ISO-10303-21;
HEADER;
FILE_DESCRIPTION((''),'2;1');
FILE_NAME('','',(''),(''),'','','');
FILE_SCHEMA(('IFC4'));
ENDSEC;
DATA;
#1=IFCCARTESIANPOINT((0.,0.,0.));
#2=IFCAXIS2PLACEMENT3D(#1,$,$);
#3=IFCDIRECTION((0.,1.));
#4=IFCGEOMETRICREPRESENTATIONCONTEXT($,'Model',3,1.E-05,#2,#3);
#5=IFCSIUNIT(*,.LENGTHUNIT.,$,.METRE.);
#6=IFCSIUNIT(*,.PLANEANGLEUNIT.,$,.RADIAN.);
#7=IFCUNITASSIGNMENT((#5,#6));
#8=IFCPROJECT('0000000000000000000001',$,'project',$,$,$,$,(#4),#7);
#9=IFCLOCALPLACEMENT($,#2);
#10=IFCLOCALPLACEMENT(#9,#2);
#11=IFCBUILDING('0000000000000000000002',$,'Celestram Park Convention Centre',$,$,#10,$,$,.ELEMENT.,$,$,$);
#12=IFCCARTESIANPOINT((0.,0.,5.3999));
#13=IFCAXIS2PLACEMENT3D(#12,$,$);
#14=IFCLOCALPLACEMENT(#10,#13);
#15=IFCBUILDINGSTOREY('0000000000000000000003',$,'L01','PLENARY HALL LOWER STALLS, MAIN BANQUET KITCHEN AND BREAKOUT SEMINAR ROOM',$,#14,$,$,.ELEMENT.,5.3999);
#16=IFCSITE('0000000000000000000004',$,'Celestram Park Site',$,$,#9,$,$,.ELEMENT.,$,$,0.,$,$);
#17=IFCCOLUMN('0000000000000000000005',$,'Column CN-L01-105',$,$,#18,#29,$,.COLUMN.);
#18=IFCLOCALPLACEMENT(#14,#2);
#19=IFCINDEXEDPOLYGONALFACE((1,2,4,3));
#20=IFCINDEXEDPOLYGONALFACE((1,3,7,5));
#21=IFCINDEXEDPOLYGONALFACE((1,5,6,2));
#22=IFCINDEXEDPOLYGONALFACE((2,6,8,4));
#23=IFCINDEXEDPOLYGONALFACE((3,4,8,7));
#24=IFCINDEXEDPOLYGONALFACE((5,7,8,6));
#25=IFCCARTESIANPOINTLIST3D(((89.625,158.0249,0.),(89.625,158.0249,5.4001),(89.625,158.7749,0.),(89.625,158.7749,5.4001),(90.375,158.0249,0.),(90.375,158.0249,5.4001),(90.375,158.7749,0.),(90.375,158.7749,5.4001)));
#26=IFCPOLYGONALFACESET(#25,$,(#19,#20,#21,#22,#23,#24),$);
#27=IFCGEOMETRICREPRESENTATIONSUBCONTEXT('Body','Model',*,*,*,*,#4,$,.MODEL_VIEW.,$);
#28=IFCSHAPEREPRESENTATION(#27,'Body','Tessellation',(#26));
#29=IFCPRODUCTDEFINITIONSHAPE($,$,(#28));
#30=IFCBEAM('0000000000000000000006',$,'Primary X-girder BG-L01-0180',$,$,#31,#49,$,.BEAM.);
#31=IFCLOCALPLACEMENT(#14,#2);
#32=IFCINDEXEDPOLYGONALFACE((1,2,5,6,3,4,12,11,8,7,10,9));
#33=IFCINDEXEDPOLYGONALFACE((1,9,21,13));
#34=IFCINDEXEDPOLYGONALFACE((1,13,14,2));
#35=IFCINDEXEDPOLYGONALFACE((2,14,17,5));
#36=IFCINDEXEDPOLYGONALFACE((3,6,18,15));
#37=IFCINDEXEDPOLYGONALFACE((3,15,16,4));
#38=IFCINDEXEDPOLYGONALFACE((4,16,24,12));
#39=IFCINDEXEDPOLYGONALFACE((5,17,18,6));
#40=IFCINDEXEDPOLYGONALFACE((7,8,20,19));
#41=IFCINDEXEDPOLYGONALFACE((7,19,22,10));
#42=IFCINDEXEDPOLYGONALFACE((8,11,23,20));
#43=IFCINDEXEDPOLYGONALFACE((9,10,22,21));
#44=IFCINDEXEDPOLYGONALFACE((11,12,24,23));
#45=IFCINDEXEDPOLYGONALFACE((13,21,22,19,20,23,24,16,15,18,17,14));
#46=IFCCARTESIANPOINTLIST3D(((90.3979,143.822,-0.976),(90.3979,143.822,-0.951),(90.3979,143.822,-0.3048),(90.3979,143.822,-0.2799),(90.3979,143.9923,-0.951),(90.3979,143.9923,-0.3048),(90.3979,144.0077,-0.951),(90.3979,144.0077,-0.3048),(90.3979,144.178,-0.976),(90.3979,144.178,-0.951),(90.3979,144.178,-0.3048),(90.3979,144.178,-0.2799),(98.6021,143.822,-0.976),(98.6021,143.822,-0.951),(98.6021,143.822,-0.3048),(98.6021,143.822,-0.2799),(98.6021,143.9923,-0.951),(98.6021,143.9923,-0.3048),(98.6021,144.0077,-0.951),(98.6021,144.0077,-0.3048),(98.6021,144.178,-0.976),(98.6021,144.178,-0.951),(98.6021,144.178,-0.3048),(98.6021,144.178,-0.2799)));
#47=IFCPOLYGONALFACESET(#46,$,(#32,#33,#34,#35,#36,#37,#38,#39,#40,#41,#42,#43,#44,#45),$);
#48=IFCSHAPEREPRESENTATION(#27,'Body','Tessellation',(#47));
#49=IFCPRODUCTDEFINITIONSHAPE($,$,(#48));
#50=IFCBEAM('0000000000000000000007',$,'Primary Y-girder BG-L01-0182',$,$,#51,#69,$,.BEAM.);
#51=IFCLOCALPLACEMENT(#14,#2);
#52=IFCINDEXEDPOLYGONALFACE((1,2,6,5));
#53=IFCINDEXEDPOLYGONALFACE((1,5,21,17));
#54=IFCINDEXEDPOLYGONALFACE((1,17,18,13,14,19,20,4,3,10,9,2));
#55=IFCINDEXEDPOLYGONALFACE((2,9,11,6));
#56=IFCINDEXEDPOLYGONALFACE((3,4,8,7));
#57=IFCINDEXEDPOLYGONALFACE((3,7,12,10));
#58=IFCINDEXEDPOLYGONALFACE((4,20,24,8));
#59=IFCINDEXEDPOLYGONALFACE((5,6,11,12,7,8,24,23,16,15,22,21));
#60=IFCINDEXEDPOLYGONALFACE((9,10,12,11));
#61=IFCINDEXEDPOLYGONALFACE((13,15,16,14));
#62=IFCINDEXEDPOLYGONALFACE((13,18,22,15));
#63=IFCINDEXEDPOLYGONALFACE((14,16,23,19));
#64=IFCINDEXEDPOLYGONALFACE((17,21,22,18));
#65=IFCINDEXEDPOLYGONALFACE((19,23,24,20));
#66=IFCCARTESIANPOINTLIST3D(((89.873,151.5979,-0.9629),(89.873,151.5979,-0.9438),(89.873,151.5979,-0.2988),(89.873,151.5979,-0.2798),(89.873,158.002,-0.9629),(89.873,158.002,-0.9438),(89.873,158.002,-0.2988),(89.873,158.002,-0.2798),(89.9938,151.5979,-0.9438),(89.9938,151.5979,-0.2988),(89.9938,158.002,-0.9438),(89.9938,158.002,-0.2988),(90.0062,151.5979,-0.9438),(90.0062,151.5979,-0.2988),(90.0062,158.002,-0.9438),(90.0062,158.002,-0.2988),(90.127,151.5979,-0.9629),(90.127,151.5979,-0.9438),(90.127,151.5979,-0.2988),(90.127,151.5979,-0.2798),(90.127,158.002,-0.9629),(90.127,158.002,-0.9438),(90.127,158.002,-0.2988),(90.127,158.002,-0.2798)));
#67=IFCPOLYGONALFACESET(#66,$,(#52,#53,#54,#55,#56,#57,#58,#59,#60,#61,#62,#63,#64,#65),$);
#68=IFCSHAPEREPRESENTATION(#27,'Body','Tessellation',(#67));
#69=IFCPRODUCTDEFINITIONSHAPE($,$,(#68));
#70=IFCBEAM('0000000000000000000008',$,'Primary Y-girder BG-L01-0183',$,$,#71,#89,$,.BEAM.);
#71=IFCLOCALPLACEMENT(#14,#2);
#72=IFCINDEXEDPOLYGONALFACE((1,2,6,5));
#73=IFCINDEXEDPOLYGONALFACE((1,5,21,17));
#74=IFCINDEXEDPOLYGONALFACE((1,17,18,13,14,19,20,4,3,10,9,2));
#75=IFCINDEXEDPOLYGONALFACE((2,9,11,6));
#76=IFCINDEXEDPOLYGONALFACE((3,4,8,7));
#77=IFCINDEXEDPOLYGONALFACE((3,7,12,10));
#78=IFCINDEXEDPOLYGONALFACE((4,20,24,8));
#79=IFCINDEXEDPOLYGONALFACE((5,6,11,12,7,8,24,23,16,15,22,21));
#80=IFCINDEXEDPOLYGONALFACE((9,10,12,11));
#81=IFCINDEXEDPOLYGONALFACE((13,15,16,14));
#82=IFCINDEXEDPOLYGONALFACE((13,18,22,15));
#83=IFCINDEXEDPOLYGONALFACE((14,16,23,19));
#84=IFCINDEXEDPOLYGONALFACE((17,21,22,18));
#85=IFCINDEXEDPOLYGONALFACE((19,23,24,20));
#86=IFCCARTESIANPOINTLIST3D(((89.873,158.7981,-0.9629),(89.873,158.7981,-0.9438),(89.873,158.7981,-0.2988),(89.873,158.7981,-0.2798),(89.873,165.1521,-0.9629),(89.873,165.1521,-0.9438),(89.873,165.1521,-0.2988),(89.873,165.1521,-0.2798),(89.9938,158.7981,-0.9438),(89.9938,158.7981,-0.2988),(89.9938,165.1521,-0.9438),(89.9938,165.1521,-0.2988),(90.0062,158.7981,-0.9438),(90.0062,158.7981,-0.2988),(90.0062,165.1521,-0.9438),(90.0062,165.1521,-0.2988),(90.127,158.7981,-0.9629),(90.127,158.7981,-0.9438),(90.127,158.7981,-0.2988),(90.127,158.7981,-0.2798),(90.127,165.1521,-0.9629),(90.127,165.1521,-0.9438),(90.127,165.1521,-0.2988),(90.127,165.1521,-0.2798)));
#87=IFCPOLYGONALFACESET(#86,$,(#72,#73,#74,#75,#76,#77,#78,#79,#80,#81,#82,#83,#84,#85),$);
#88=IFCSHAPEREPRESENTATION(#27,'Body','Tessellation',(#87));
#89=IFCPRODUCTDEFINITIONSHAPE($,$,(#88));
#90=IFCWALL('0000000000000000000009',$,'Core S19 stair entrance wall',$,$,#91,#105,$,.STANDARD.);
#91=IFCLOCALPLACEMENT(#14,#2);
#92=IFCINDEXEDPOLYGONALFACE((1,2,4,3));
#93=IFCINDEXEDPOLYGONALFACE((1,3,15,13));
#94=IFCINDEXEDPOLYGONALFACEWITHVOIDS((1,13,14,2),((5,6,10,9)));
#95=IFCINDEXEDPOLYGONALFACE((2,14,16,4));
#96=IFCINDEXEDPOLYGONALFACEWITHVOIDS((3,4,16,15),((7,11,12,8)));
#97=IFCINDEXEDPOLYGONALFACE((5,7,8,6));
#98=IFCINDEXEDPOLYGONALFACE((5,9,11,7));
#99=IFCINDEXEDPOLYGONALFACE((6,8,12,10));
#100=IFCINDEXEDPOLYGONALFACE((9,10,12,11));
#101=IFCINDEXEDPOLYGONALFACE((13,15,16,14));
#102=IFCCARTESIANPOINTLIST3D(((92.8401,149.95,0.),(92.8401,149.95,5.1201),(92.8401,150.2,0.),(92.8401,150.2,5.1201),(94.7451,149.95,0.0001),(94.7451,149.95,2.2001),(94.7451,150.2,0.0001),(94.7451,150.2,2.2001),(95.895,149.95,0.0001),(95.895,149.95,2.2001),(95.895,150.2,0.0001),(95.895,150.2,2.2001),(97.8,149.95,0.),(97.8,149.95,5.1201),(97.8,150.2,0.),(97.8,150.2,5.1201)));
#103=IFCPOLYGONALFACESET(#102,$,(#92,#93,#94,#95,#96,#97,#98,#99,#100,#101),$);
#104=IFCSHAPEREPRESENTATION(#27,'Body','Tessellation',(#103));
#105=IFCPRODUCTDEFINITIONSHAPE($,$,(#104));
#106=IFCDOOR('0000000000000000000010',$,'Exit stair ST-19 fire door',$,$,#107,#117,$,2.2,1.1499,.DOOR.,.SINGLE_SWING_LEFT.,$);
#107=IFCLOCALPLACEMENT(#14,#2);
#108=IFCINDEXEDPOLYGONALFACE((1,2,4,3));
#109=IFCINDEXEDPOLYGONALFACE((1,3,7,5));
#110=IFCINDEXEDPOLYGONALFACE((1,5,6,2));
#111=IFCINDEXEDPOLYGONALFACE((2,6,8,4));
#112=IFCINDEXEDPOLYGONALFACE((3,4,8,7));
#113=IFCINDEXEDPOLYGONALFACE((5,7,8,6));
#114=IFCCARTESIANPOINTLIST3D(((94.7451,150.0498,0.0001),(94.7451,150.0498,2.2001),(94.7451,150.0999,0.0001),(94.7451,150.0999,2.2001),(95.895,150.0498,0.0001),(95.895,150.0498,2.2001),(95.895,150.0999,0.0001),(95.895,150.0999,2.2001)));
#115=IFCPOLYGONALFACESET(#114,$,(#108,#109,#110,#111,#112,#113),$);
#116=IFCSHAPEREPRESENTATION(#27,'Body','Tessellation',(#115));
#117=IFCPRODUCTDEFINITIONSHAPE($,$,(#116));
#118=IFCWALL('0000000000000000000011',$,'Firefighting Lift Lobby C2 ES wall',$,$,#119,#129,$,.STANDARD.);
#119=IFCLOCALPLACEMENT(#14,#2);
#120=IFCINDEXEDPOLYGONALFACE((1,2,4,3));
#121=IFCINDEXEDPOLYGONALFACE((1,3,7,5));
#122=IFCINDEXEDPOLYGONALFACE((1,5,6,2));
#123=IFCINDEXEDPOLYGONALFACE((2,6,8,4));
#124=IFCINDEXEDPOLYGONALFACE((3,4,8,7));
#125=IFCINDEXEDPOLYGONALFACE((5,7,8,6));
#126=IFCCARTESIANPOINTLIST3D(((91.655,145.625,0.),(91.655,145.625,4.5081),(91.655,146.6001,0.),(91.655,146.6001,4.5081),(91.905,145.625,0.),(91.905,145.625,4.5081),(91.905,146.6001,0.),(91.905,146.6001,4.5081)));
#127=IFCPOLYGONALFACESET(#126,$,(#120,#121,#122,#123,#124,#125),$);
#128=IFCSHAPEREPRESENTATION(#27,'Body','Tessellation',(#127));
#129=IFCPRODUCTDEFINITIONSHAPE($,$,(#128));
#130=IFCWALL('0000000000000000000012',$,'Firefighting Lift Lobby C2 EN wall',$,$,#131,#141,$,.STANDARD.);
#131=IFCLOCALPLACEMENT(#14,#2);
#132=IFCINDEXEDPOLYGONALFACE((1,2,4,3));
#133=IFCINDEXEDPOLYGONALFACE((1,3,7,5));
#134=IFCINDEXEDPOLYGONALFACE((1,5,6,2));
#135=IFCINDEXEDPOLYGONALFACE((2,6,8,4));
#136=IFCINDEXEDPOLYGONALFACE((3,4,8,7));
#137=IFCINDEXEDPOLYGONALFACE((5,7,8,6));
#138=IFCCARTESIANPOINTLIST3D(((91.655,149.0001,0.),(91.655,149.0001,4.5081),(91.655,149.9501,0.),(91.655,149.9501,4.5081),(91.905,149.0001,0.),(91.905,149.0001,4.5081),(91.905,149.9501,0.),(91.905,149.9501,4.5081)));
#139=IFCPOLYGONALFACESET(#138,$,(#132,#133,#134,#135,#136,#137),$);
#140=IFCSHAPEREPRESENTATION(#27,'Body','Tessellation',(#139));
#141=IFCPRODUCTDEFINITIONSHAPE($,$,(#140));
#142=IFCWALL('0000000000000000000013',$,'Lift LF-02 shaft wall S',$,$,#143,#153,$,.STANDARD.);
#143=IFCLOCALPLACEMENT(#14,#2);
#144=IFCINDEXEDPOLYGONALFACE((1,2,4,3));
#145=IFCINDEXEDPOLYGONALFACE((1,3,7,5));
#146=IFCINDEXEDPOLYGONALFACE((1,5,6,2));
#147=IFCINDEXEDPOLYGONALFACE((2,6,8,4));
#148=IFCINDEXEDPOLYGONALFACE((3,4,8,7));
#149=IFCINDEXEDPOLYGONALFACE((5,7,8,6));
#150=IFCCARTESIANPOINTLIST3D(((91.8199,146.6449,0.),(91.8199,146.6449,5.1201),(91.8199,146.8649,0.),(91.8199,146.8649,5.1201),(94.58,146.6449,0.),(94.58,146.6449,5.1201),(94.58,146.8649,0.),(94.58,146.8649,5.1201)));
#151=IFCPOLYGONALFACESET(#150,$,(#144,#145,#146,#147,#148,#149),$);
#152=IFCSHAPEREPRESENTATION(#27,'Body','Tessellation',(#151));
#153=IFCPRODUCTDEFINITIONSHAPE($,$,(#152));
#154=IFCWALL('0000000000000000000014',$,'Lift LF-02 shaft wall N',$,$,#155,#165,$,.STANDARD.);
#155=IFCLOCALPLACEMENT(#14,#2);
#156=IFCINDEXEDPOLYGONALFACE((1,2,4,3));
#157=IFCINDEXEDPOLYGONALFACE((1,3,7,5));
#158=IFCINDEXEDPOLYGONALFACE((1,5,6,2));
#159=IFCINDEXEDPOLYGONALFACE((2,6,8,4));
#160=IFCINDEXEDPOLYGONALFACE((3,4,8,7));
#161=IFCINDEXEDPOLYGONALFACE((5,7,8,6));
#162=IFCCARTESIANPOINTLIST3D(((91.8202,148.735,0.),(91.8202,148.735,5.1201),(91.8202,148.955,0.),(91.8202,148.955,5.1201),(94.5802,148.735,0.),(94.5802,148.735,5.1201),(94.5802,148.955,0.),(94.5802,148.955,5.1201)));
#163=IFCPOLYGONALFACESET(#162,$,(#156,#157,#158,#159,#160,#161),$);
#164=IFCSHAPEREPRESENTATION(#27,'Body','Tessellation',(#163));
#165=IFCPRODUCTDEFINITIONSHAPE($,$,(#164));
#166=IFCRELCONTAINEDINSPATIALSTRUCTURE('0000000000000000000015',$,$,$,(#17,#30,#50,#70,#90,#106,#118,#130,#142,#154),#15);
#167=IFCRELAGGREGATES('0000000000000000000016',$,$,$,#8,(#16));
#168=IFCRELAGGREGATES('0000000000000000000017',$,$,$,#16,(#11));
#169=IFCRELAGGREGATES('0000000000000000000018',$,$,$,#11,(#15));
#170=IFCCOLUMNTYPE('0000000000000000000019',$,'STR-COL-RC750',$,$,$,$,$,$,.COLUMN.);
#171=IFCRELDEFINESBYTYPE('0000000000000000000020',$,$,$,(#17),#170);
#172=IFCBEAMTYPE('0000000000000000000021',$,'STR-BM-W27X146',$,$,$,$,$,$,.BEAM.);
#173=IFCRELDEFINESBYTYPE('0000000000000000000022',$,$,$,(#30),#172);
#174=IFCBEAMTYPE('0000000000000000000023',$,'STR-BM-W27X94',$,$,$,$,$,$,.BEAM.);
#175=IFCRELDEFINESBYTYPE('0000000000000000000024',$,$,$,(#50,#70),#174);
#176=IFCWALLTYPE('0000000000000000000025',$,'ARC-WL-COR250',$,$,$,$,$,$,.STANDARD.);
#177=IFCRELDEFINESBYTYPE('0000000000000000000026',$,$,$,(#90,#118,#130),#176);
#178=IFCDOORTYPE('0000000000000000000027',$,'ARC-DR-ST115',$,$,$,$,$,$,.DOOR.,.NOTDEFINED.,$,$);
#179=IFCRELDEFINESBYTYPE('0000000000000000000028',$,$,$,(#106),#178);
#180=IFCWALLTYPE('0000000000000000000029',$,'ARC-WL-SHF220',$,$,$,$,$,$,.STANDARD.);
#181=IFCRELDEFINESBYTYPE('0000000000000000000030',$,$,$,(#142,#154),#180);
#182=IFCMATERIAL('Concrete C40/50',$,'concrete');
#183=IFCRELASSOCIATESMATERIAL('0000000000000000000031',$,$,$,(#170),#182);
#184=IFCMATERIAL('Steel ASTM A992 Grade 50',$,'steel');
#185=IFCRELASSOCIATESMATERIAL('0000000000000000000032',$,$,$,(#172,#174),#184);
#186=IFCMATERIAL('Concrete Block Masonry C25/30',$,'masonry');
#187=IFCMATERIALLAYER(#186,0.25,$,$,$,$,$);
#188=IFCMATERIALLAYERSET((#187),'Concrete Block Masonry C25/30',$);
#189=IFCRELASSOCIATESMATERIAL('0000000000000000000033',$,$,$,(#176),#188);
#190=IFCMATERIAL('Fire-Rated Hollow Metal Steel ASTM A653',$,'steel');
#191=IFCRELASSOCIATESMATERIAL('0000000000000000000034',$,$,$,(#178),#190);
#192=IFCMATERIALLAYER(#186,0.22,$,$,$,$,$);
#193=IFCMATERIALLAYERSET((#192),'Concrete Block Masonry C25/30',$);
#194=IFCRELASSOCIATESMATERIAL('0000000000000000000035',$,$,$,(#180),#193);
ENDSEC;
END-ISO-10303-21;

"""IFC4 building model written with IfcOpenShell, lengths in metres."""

from ifc_helpers import new_model, si_unit, direction, frame, frame_2d, origin, origin_2d, place, context, subcontext, project, spatial, rectangle, i_section, extrude, material, layer, layer_set, material_profile, profile_set, type_object, element, fill, save


model = new_model("IFC4")

# Units and contexts
model_context = context("Model", 3, precision=1e-05, world=origin(), true_north=direction((0.0, 1.0)))
body_context = subcontext(model_context, "Body", "Model", "MODEL_VIEW")
ifc_project = project(units=[si_unit("LENGTHUNIT", "METRE"), si_unit("PLANEANGLEUNIT", "RADIAN")], contexts=[model_context])

# Site, building, storey
site_placement = place(None, origin())
site = spatial("IfcSite", under=ifc_project, at=site_placement, Name="Celestram Park Site", CompositionType="ELEMENT", RefElevation=0.0)
building_placement = place(site_placement, origin())
building = spatial("IfcBuilding", under=site, at=building_placement, Name="Celestram Park Convention Centre", CompositionType="ELEMENT")
storey_placement = place(building_placement, frame((0.0, 0.0, 5.3999)))
storey = spatial("IfcBuildingStorey", under=building, at=storey_placement, Name="L01", Description="PLENARY HALL LOWER STALLS, MAIN BANQUET KITCHEN AND BREAKOUT SEMINAR ROOM", CompositionType="ELEMENT", Elevation=5.3999)

# Column
ifc_material_1 = material(Name="Concrete C40/50", Category="concrete")
ifc_material_profile_1 = material_profile(ifc_material_1, rectangle(XDim=0.75, YDim=0.75, at=origin_2d()), Name="RC750X750")
ifc_profile_set_1 = profile_set([ifc_material_profile_1], Name="Concrete C40/50")
column_type = type_object("IfcColumnType", Name="STR-COL-RC750", PredefinedType="COLUMN", material=ifc_profile_set_1)
column_placement = place(storey_placement, frame((90.0, 158.3999, 0.0), z_axis=(0.0, 0.0, 1.0), x_axis=(1.0, 0.0, 0.0)))
element("IfcColumn", 1, at=column_placement, inside=storey, type_object=column_type, Name="Column CN-L01-105", PredefinedType="COLUMN", context=body_context, shape_type="SweptSolid", body=[
    extrude(rectangle(XDim=0.75, YDim=0.75, at=origin_2d()), origin(), (0.0, 0.0, 1.0), 5.4001),
])

# Beams
ifc_material_2 = material(Name="Steel ASTM A992 Grade 50", Category="steel")
ifc_material_profile_2 = material_profile(ifc_material_2, i_section(OverallWidth=0.356, OverallDepth=0.696, WebThickness=0.0154, FlangeThickness=0.0249, at=origin_2d()), Name="W27X146")
ifc_profile_set_2 = profile_set([ifc_material_profile_2], Name="Steel ASTM A992 Grade 50")
beam_type_1 = type_object("IfcBeamType", Name="STR-BM-W27X146", PredefinedType="BEAM", material=ifc_profile_set_2)
beam_1_placement = place(storey_placement, frame((90.3979, 144.0, -0.6279), z_axis=(1.0, 0.0, 0.0), x_axis=(0.0, 1.0, 0.0)))
element("IfcBeam", 2, at=beam_1_placement, inside=storey, type_object=beam_type_1, Name="Primary X-girder BG-L01-0180", PredefinedType="BEAM", context=body_context, shape_type="SweptSolid", body=[
    extrude(i_section(OverallWidth=0.356, OverallDepth=0.696, WebThickness=0.0154, FlangeThickness=0.0249, at=origin_2d()), origin(), (0.0, 0.0, 1.0), 8.2041),
])
ifc_material_profile_3 = material_profile(ifc_material_2, i_section(OverallWidth=0.2539, OverallDepth=0.6831, WebThickness=0.0125, FlangeThickness=0.019, at=origin_2d()), Name="W27X94")
ifc_profile_set_3 = profile_set([ifc_material_profile_3], Name="Steel ASTM A992 Grade 50")
beam_type_2 = type_object("IfcBeamType", Name="STR-BM-W27X94", PredefinedType="BEAM", material=ifc_profile_set_3)
beam_2_placement = place(storey_placement, frame((90.0, 151.5979, -0.6213), z_axis=(0.0, 1.0, 0.0), x_axis=(-1.0, 0.0, 0.0)))
element("IfcBeam", 3, at=beam_2_placement, inside=storey, type_object=beam_type_2, Name="Primary Y-girder BG-L01-0182", PredefinedType="BEAM", context=body_context, shape_type="SweptSolid", body=[
    extrude(i_section(OverallWidth=0.2539, OverallDepth=0.6831, WebThickness=0.0125, FlangeThickness=0.019, at=origin_2d()), origin(), (0.0, 0.0, 1.0), 6.4041),
])
beam_3_placement = place(storey_placement, frame((90.0, 158.7981, -0.6213), z_axis=(0.0, 1.0, 0.0), x_axis=(-1.0, 0.0, 0.0)))
element("IfcBeam", 4, at=beam_3_placement, inside=storey, type_object=beam_type_2, Name="Primary Y-girder BG-L01-0183", PredefinedType="BEAM", context=body_context, shape_type="SweptSolid", body=[
    extrude(i_section(OverallWidth=0.2539, OverallDepth=0.6831, WebThickness=0.0125, FlangeThickness=0.019, at=origin_2d()), origin(), (0.0, 0.0, 1.0), 6.354),
])

# Wall, opening, door
ifc_material_3 = material(Name="Concrete Block Masonry C25/30", Category="masonry")
ifc_layer_1 = layer(ifc_material_3, 0.25)
ifc_layer_set_1 = layer_set([ifc_layer_1], Name="Concrete Block Masonry C25/30")
wall_type_1 = type_object("IfcWallType", Name="ARC-WL-COR250", PredefinedType="STANDARD", material=ifc_layer_set_1)
wall_1_placement = place(storey_placement, frame((92.8401, 150.075, 0.0), z_axis=(0.0, 0.0, 1.0), x_axis=(1.0, 0.0, 0.0)))
wall_1 = element("IfcWall", 5, at=wall_1_placement, inside=storey, type_object=wall_type_1, Name="Core S19 stair entrance wall", PredefinedType="STANDARD", context=body_context, shape_type="SweptSolid", body=[
    extrude(rectangle(XDim=4.96, YDim=0.25, at=frame_2d((2.48, 0.0))), origin(), (0.0, 0.0, 1.0), 5.1201),
])
opening_1_placement = place(wall_1_placement, frame((1.905, 0.0, 0.0)))
opening_1 = element("IfcOpeningElement", 6, at=opening_1_placement, cuts=wall_1, PredefinedType="OPENING", context=body_context, shape_type="SweptSolid", body=[
    extrude(rectangle(XDim=1.1499, YDim=2.2, at=frame_2d((0.575, 1.1001))), frame((0.0, 0.135, 0.0), z_axis=(0.0, -1.0, 0.0), x_axis=(1.0, 0.0, 0.0)), (0.0, 0.0, 1.0), 0.27),
])
ifc_material_4 = material(Name="Fire-Rated Hollow Metal Steel ASTM A653", Category="steel")
door_type_1 = type_object("IfcDoorType", Name="ARC-DR-ST115", OperationType="NOTDEFINED", PredefinedType="DOOR", material=ifc_material_4)
door_1_placement = place(opening_1_placement, origin())
door_1 = element("IfcDoor", 7, at=door_1_placement, inside=storey, type_object=door_type_1, Name="Exit stair ST-19 fire door", OperationType="SINGLE_SWING_LEFT", OverallHeight=2.2, OverallWidth=1.1499, PredefinedType="DOOR", context=body_context, shape_type="SweptSolid", body=[
    extrude(rectangle(XDim=1.1499, YDim=2.2, at=frame_2d((0.575, 1.1001))), frame((0.0, 0.0249, 0.0), z_axis=(0.0, -1.0, 0.0), x_axis=(1.0, 0.0, 0.0)), (0.0, 0.0, 1.0), 0.05),
])
fill(opening_1, door_1)

# Walls
wall_2_placement = place(storey_placement, frame((91.78, 145.625, 0.0), z_axis=(0.0, 0.0, 1.0), x_axis=(0.0, 1.0, 0.0)))
element("IfcWall", 8, at=wall_2_placement, inside=storey, type_object=wall_type_1, Name="Firefighting Lift Lobby C2 ES wall", PredefinedType="STANDARD", context=body_context, shape_type="SweptSolid", body=[
    extrude(rectangle(XDim=0.9751, YDim=0.25, at=frame_2d((0.4875, 0.0))), origin(), (0.0, 0.0, 1.0), 4.5081),
])
wall_3_placement = place(storey_placement, frame((91.78, 149.0, 0.0), z_axis=(0.0, 0.0, 1.0), x_axis=(0.0, 1.0, 0.0)))
element("IfcWall", 9, at=wall_3_placement, inside=storey, type_object=wall_type_1, Name="Firefighting Lift Lobby C2 EN wall", PredefinedType="STANDARD", context=body_context, shape_type="SweptSolid", body=[
    extrude(rectangle(XDim=0.95, YDim=0.25, at=frame_2d((0.4751, 0.0))), origin(), (0.0, 0.0, 1.0), 4.5081),
])
ifc_layer_2 = layer(ifc_material_3, 0.22)
ifc_layer_set_2 = layer_set([ifc_layer_2], Name="Concrete Block Masonry C25/30")
wall_type_2 = type_object("IfcWallType", Name="ARC-WL-SHF220", PredefinedType="STANDARD", material=ifc_layer_set_2)
for number, where, z_axis, x_axis, name in (
    (10, (91.8201, 146.7549, 0.0), (0.0, 0.0, 1.0), (1.0, 0.0, 0.0), "Lift LF-02 shaft wall S"),
    (11, (94.5801, 148.845, 0.0), (0.0, 0.0, 1.0), (-1.0, 0.0, 0.0), "Lift LF-02 shaft wall N"),
):
    element("IfcWall", number, at=place(storey_placement, frame(where, z_axis=z_axis, x_axis=x_axis)), inside=storey, type_object=wall_type_2, Name=name, PredefinedType="STANDARD", context=body_context, shape_type="SweptSolid", body=[
        extrude(rectangle(XDim=2.76, YDim=0.22, at=frame_2d((1.3799, 0.0))), origin(), (0.0, 0.0, 1.0), 5.1201),
    ])

save(model, "model.ifc")
